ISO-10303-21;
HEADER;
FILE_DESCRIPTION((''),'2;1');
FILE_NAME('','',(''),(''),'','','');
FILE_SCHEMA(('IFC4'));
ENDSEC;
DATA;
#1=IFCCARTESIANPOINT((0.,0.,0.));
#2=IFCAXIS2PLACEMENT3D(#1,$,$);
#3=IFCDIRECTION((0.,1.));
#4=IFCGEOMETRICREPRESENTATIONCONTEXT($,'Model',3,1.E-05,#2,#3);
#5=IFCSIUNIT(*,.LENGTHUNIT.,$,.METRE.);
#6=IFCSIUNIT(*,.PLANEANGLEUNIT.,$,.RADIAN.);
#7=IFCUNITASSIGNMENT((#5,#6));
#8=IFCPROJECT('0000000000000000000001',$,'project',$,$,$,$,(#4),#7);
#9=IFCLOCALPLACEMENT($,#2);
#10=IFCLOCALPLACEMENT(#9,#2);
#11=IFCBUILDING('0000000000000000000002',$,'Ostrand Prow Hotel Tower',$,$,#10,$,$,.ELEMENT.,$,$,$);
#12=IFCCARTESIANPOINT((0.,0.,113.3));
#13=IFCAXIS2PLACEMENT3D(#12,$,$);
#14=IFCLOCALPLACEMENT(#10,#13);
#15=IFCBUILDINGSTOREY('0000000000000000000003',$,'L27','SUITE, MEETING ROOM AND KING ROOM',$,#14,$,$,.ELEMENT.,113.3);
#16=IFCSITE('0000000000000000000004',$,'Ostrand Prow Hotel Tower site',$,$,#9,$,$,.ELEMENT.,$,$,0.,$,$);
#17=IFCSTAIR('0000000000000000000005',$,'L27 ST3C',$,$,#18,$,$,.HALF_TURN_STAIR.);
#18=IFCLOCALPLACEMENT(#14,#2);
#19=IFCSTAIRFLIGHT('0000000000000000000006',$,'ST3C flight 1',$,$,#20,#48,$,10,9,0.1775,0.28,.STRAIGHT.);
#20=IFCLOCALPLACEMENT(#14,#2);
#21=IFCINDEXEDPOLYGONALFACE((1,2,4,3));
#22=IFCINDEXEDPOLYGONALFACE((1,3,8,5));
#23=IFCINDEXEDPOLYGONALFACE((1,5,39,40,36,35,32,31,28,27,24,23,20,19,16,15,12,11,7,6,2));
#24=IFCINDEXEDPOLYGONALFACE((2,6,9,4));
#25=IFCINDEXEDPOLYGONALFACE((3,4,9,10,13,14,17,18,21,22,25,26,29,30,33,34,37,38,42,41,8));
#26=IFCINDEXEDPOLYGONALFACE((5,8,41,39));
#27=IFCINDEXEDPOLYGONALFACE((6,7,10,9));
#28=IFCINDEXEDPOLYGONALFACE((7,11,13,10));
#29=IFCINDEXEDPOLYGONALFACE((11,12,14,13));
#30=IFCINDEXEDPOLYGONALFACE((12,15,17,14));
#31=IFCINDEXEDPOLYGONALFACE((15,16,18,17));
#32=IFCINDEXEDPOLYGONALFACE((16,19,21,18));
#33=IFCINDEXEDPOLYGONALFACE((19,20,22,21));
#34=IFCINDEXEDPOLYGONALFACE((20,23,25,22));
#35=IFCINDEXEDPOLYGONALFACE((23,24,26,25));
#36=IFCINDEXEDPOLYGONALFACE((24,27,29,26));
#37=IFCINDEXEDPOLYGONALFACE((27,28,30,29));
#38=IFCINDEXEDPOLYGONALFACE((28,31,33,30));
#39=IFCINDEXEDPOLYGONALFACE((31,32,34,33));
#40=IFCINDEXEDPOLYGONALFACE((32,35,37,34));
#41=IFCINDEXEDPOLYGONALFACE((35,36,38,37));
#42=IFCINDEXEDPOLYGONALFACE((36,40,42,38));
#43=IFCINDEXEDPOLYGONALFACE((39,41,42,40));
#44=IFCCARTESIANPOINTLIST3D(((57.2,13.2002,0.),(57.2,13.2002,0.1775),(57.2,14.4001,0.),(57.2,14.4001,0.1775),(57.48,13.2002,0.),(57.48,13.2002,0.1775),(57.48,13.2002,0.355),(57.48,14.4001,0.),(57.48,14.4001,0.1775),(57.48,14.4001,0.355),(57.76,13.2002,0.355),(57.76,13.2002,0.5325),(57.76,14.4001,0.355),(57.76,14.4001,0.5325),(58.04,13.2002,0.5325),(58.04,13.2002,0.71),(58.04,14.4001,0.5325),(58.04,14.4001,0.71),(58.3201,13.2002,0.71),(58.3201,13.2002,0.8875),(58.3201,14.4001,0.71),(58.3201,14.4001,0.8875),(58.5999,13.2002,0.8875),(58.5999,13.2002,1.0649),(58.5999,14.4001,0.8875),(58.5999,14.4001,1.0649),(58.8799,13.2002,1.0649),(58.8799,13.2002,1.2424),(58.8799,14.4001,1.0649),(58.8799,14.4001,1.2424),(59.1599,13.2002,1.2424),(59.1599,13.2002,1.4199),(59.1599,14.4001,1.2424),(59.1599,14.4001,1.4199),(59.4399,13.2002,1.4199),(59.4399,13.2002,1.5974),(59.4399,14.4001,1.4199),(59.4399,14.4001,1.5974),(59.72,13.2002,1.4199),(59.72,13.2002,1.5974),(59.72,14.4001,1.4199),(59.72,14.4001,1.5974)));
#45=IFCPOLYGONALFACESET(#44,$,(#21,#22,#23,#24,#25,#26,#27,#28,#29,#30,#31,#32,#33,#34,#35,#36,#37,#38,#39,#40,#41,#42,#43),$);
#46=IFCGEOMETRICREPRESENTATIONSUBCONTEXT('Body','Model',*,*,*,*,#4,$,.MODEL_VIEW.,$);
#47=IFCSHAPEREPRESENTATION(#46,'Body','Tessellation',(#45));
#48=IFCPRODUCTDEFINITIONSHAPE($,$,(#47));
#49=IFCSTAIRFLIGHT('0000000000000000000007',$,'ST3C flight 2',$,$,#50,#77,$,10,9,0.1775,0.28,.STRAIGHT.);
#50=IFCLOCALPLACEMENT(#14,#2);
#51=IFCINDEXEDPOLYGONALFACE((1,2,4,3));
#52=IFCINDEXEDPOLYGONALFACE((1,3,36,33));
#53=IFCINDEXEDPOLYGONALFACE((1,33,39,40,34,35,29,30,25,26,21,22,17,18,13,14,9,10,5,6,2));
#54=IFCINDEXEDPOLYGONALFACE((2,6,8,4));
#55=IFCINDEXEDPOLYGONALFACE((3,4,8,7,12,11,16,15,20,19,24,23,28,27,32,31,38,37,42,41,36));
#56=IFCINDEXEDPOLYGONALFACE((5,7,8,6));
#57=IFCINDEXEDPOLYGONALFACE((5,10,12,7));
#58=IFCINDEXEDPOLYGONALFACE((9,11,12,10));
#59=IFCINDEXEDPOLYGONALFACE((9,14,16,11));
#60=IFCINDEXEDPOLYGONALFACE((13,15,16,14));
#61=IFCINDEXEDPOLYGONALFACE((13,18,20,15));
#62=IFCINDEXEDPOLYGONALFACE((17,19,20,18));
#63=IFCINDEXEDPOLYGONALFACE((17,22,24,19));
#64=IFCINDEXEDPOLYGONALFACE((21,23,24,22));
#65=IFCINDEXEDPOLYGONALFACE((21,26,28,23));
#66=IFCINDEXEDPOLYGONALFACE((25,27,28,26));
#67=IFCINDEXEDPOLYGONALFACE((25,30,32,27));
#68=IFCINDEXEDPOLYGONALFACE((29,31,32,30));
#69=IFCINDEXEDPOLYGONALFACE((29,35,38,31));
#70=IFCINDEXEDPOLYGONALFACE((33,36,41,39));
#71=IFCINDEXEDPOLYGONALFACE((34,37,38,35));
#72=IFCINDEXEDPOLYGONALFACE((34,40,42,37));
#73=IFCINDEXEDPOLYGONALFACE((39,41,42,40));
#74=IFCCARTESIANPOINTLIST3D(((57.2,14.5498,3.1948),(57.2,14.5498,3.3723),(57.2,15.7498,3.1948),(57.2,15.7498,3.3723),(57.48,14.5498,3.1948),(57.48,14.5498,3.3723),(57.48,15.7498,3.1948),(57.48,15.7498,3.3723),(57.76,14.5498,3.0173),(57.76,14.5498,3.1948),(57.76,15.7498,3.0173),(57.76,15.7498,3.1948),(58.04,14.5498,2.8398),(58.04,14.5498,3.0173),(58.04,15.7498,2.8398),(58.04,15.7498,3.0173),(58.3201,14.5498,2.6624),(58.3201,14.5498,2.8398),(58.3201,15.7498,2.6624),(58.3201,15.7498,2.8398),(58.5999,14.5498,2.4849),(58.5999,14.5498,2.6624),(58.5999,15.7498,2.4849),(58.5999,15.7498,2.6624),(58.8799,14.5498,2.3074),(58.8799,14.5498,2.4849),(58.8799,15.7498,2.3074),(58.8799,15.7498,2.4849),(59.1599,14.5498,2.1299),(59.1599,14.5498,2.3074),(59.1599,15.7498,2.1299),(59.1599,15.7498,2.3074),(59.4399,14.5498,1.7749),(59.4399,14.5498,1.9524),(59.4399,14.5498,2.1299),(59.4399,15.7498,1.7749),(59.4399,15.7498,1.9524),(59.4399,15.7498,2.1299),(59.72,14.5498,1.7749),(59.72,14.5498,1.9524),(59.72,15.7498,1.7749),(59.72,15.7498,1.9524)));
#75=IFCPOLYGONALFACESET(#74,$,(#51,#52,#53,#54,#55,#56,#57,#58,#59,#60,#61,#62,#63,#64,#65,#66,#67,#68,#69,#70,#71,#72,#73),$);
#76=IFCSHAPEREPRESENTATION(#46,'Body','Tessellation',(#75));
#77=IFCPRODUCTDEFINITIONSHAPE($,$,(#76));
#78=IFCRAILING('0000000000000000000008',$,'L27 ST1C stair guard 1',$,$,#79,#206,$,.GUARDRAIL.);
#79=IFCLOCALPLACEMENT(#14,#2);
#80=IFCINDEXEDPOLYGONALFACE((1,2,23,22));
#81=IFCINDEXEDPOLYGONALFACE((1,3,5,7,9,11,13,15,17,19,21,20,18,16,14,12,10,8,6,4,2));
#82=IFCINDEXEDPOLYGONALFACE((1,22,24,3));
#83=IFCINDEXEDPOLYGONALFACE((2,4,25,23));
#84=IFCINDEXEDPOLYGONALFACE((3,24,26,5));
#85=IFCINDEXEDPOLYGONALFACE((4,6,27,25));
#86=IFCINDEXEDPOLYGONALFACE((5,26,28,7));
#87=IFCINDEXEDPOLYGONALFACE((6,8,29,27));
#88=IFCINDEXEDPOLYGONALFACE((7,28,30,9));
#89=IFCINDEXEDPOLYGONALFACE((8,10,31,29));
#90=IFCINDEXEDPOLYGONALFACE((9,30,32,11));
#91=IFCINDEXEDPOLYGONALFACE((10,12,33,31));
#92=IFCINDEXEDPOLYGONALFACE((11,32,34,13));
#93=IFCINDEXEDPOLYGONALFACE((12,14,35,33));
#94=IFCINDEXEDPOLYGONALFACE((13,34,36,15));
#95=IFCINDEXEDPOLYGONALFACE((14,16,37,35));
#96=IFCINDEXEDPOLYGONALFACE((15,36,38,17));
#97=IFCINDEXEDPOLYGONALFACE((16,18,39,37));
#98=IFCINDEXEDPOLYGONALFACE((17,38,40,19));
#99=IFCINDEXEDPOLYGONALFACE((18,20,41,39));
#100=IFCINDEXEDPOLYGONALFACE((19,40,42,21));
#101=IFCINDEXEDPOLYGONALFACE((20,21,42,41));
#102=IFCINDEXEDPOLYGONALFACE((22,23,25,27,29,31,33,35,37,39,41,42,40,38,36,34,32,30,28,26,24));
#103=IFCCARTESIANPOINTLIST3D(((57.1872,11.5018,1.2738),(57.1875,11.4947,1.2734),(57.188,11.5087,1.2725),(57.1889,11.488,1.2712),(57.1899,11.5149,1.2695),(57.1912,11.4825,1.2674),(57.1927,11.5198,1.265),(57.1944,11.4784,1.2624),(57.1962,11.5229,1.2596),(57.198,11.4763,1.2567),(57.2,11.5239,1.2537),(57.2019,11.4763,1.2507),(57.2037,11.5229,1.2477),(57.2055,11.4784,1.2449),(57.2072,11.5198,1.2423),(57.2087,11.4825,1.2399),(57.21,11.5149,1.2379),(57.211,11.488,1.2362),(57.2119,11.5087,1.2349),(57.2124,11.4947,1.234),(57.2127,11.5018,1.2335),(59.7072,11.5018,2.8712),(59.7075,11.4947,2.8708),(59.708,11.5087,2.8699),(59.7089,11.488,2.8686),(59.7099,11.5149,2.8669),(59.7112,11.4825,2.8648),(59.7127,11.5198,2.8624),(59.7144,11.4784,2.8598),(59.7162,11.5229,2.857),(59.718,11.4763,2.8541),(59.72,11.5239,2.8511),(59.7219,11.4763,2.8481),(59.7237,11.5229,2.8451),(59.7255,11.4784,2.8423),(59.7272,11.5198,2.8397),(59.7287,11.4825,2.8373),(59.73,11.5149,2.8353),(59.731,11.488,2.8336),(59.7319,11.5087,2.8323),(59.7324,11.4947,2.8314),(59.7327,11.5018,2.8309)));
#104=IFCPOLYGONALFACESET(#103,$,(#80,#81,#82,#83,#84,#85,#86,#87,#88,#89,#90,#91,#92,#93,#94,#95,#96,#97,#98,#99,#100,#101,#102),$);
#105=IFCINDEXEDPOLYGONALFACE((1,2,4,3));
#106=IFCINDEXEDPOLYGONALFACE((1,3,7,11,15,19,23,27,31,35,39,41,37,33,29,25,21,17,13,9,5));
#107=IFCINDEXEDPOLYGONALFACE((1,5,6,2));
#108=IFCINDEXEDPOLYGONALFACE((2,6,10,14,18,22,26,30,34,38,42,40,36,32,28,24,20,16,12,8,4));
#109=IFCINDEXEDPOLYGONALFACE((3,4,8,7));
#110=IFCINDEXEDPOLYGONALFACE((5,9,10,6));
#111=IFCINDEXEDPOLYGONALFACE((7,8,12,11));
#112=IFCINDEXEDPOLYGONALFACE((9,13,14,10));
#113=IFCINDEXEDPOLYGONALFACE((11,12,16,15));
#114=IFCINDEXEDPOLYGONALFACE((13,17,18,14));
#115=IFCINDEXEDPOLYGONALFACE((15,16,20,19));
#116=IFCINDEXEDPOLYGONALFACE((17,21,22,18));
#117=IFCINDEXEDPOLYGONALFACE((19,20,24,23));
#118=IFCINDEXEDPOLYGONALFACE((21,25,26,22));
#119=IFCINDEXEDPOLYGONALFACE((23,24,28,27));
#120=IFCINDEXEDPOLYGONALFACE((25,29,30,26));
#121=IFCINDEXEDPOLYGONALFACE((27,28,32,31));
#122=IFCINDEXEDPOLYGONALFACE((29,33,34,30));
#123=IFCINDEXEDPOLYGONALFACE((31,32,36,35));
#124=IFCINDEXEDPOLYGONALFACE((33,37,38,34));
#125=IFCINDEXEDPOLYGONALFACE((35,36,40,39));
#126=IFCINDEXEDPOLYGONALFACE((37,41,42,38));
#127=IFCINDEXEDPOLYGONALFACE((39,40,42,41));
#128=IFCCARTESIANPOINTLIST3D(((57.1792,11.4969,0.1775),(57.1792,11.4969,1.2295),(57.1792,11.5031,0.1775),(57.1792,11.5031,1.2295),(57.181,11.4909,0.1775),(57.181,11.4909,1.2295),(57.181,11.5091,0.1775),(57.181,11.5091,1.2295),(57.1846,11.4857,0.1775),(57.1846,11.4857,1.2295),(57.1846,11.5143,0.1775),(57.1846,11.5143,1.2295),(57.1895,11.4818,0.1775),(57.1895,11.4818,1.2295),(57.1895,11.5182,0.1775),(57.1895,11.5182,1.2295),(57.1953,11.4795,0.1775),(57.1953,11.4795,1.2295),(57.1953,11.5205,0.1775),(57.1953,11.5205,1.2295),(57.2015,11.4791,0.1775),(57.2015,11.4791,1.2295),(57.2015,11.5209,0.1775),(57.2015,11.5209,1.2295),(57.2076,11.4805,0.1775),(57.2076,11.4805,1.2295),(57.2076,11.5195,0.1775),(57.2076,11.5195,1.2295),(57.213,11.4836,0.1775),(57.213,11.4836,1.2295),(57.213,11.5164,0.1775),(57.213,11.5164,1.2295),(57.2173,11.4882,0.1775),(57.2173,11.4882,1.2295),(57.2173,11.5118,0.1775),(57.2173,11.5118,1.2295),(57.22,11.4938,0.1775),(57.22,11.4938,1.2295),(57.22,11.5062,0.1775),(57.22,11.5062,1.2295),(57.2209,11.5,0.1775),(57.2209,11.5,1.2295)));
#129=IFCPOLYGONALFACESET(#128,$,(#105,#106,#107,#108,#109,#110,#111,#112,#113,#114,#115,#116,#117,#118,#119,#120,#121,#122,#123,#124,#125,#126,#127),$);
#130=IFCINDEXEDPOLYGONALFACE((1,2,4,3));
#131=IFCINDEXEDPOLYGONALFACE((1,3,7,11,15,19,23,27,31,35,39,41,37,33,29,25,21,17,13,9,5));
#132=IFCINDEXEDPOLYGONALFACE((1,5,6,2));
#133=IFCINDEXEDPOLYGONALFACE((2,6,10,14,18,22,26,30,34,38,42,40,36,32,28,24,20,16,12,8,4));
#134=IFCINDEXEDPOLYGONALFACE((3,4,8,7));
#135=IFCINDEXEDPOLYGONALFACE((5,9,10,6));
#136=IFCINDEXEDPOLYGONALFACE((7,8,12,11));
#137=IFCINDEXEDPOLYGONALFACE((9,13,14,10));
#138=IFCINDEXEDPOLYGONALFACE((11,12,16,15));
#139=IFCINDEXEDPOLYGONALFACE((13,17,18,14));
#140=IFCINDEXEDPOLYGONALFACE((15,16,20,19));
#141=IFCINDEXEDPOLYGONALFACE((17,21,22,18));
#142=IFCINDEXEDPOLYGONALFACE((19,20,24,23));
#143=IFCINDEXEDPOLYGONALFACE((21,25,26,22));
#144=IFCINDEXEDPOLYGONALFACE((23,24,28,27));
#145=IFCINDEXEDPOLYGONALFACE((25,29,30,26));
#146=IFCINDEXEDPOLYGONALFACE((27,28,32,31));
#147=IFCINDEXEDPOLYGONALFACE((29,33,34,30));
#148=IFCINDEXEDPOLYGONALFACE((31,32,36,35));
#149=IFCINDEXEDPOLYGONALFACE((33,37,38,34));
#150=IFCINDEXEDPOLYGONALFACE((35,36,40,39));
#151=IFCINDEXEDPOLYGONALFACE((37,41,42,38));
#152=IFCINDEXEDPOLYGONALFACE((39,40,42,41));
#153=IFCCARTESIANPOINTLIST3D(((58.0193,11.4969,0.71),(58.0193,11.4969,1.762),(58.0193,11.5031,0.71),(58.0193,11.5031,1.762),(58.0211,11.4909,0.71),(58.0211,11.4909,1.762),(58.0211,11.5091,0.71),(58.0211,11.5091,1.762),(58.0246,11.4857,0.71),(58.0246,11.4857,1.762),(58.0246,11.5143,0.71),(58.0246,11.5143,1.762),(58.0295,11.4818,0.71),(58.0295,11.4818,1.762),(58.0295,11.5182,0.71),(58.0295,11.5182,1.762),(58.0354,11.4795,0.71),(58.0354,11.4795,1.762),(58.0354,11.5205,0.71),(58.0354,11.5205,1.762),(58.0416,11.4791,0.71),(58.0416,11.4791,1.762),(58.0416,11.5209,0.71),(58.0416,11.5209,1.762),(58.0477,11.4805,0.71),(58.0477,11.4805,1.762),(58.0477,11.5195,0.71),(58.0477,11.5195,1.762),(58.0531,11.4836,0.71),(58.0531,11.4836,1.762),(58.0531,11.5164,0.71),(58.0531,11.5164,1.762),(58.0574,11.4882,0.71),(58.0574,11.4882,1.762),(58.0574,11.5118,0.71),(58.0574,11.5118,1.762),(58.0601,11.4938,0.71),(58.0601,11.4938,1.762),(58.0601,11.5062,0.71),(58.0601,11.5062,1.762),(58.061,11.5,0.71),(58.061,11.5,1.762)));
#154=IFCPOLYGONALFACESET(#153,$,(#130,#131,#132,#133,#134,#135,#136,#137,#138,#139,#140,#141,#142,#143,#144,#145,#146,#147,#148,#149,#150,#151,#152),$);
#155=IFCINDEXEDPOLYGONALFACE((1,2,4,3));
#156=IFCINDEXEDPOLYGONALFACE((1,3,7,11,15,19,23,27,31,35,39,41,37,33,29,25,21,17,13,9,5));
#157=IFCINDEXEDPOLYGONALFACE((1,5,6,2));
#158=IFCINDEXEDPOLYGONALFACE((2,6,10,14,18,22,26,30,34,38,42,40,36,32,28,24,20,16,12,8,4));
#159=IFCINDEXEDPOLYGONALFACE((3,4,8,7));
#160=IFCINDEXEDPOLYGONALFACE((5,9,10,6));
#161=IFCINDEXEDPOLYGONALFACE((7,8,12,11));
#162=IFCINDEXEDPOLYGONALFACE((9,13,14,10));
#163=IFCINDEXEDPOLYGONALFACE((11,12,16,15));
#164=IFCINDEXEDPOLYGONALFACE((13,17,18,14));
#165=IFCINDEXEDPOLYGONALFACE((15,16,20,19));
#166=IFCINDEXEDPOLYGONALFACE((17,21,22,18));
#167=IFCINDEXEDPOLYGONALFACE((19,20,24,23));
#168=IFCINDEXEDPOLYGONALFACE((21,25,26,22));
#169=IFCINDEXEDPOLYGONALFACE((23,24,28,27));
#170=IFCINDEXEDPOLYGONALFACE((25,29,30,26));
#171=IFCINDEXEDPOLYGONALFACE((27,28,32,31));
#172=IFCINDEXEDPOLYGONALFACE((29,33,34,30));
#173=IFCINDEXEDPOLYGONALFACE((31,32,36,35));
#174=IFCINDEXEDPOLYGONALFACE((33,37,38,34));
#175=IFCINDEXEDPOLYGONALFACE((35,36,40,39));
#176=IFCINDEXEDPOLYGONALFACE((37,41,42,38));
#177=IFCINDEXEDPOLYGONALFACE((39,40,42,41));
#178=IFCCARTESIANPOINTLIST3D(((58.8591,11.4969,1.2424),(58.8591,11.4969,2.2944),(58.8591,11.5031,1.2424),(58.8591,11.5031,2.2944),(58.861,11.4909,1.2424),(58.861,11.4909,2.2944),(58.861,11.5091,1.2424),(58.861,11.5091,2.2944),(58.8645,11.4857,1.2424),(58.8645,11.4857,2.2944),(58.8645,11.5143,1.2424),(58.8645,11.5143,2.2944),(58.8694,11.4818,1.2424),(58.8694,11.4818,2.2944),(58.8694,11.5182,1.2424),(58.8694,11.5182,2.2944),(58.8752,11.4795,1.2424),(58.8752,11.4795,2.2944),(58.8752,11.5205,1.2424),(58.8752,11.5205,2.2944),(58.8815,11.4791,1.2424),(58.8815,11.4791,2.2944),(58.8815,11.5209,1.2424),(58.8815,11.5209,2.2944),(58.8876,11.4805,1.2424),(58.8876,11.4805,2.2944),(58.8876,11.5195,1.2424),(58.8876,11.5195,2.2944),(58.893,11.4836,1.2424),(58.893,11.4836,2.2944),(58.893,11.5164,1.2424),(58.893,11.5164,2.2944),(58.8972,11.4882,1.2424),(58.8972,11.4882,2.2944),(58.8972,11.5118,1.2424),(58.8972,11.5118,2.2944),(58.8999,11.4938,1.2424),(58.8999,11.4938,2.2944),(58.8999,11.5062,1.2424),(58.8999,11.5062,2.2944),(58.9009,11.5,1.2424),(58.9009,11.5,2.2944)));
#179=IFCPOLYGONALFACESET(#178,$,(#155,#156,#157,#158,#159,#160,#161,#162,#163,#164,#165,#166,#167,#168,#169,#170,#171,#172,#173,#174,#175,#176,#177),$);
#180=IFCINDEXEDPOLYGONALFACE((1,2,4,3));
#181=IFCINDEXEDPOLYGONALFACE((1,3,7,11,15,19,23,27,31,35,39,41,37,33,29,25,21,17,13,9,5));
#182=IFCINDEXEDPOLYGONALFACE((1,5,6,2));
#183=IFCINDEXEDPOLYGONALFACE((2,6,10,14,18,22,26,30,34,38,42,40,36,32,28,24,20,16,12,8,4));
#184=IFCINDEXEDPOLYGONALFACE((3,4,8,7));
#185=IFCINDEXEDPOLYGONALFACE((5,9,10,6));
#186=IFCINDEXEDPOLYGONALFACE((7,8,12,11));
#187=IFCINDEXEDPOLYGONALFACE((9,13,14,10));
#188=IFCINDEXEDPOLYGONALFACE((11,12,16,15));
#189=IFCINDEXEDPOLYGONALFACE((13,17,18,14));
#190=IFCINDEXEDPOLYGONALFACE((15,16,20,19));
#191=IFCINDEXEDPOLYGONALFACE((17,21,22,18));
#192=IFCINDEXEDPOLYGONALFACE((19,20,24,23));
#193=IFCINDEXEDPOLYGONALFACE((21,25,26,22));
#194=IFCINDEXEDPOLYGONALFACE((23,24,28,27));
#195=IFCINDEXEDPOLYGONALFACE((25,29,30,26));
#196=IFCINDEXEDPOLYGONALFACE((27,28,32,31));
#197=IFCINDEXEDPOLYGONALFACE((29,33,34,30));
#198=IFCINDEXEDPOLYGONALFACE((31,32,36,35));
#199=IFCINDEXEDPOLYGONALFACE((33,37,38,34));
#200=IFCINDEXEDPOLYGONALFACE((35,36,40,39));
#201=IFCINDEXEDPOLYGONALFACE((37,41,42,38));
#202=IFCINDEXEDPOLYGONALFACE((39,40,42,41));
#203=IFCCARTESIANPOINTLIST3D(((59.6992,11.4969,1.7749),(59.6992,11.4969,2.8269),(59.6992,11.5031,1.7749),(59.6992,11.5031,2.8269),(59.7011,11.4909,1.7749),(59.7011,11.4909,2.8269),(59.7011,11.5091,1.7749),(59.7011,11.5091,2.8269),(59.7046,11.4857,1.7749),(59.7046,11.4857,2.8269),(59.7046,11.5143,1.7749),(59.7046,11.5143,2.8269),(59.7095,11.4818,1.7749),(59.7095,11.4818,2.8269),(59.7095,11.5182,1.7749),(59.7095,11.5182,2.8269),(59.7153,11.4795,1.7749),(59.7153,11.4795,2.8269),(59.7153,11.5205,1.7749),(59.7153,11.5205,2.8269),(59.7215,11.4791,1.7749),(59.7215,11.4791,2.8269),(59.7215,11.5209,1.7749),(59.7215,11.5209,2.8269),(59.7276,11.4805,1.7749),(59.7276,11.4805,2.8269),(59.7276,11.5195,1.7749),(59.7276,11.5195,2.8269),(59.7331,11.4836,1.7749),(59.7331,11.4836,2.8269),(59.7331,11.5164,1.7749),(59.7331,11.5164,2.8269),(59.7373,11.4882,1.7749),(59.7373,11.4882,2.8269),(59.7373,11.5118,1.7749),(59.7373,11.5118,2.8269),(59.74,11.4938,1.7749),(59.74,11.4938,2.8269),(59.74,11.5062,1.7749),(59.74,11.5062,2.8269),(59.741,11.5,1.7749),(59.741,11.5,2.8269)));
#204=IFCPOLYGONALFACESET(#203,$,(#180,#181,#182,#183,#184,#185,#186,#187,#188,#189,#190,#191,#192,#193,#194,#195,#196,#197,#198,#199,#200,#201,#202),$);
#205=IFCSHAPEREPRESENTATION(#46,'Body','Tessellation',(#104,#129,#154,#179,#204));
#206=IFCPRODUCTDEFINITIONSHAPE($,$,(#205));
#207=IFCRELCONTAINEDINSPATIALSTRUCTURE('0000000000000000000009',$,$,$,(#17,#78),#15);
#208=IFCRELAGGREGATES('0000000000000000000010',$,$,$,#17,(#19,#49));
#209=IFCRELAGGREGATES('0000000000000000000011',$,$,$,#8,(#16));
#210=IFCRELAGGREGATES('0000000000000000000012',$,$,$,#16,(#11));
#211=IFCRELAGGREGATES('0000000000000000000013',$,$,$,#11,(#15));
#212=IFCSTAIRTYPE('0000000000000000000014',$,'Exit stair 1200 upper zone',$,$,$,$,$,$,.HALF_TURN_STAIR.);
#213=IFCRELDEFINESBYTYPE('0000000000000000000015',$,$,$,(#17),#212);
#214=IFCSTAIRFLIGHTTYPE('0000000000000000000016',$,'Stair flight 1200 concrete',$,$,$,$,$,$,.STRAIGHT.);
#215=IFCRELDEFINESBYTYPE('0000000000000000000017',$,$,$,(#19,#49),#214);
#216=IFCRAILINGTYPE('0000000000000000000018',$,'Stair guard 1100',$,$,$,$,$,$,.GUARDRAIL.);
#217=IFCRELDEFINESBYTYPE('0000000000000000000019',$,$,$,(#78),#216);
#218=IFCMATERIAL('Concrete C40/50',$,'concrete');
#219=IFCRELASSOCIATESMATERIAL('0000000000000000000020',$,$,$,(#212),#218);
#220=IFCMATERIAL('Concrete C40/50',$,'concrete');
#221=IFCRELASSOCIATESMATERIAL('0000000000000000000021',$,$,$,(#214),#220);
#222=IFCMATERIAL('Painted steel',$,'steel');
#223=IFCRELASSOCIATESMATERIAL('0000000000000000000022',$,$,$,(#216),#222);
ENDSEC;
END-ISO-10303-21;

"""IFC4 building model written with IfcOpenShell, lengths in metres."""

from ifc_helpers import new_model, si_unit, direction, frame, origin, origin_2d, place, context, subcontext, project, spatial, polyline, circle, outline, extrude, material, type_object, element, aggregate, save


model = new_model("IFC4")

# Units and contexts
model_context = context("Model", 3, precision=1e-05, world=origin(), true_north=direction((0.0, 1.0)))
body_context = subcontext(model_context, "Body", "Model", "MODEL_VIEW")
ifc_project = project(units=[si_unit("LENGTHUNIT", "METRE"), si_unit("PLANEANGLEUNIT", "RADIAN")], contexts=[model_context])

# Site, building, storey
site_placement = place(None, origin())
site = spatial("IfcSite", under=ifc_project, at=site_placement, Name="Ostrand Prow Hotel Tower site", CompositionType="ELEMENT", RefElevation=0.0)
building_placement = place(site_placement, origin())
building = spatial("IfcBuilding", under=site, at=building_placement, Name="Ostrand Prow Hotel Tower", CompositionType="ELEMENT")
storey_placement = place(building_placement, frame((0.0, 0.0, 113.3)))
storey = spatial("IfcBuildingStorey", under=building, at=storey_placement, Name="L27", Description="SUITE, MEETING ROOM AND KING ROOM", CompositionType="ELEMENT", Elevation=113.3)

# Stair, stair flights
ifc_material_1 = material(Name="Concrete C40/50", Category="concrete")
stair_type = type_object("IfcStairType", Name="Exit stair 1200 upper zone", PredefinedType="HALF_TURN_STAIR", material=ifc_material_1)
ifc_material_2 = material(Name="Concrete C40/50", Category="concrete")
stair_flight_type = type_object("IfcStairFlightType", Name="Stair flight 1200 concrete", PredefinedType="STRAIGHT", material=ifc_material_2)
stair_1_placement = place(storey_placement, origin())
stair_1 = element("IfcStair", 1, at=stair_1_placement, inside=storey, type_object=stair_type, Name="L27 ST3C", PredefinedType="HALF_TURN_STAIR")
stair_flight_1_placement = place(storey_placement, frame((57.2, 13.8, 0.0), z_axis=(0.0, 0.0, 1.0), x_axis=(1.0, 0.0, 0.0)))
stair_flight_1 = element("IfcStairFlight", 2, at=stair_flight_1_placement, type_object=stair_flight_type, Name="ST3C flight 1", NumberOfRisers=10, NumberOfTreads=9, PredefinedType="STRAIGHT", RiserHeight=0.1775, TreadLength=0.28, context=body_context, shape_type="SweptSolid", body=[
    extrude(outline(polyline([(0.0, 0.0), (0.0, 0.1775), (0.28, 0.1775), (0.28, 0.355), (0.5601, 0.355), (0.5601, 0.5325), (0.8401, 0.5325), (0.8401, 0.71), (1.1201, 0.71), (1.1201, 0.8875), (1.3999, 0.8875), (1.3999, 1.0649), (1.6799, 1.0649), (1.6799, 1.2424), (1.96, 1.2424), (1.96, 1.4199), (2.24, 1.4199), (2.24, 1.5974), (2.52, 1.5974), (2.52, 1.7749), (2.52, 1.4199), (0.28, 0.0), (0.0, 0.0)])), frame((0.0, 0.6001, 0.0), z_axis=(0.0, -1.0, 0.0), x_axis=(1.0, 0.0, 0.0)), (0.0, 0.0, 1.0), 1.2),
])
stair_flight_2_placement = place(storey_placement, frame((59.72, 15.1499, 1.7749), z_axis=(0.0, 0.0, 1.0), x_axis=(-1.0, 0.0, 0.0)))
stair_flight_2 = element("IfcStairFlight", 3, at=stair_flight_2_placement, type_object=stair_flight_type, Name="ST3C flight 2", NumberOfRisers=10, NumberOfTreads=9, PredefinedType="STRAIGHT", RiserHeight=0.1775, TreadLength=0.28, context=body_context, shape_type="SweptSolid", body=[
    extrude(outline(polyline([(0.0, 0.0), (0.0, 0.1775), (0.28, 0.1775), (0.28, 0.355), (0.5601, 0.355), (0.5601, 0.5325), (0.8401, 0.5325), (0.8401, 0.71), (1.1201, 0.71), (1.1201, 0.8875), (1.3999, 0.8875), (1.3999, 1.0649), (1.6799, 1.0649), (1.6799, 1.2424), (1.96, 1.2424), (1.96, 1.4199), (2.24, 1.4199), (2.24, 1.5974), (2.52, 1.5974), (2.52, 1.7749), (2.52, 1.4199), (0.28, 0.0), (0.0, 0.0)])), frame((0.0, 0.6001, 0.0), z_axis=(0.0, -1.0, 0.0), x_axis=(1.0, 0.0, 0.0)), (0.0, 0.0, 1.0), 1.2),
])
aggregate(stair_1, [stair_flight_1, stair_flight_2])

# Railing
ifc_material_3 = material(Name="Painted steel", Category="steel")
railing_type_1 = type_object("IfcRailingType", Name="Stair guard 1100", PredefinedType="GUARDRAIL", material=ifc_material_3)
railing_1_placement = place(storey_placement, frame((57.2, 11.5, 0.1775)))
element("IfcRailing", 4, at=railing_1_placement, inside=storey, type_object=railing_type_1, Name="L27 ST1C stair guard 1", PredefinedType="GUARDRAIL", context=body_context, shape_type="SweptSolid", body=[
    extrude(circle(Radius=0.0239, at=origin_2d()), frame((0.0, 0.0, 1.0762), z_axis=(0.844607, 0.0, 0.535387), x_axis=(0.0, 1.0, 0.0)), (0.0, 0.0, 1.0), 2.9836),
    extrude(circle(Radius=0.021, at=origin_2d()), origin(), (0.0, 0.0, 1.0), 1.052),
    extrude(circle(Radius=0.021, at=origin_2d()), frame((0.8401, 0.0, 0.5325)), (0.0, 0.0, 1.0), 1.052),
    extrude(circle(Radius=0.021, at=origin_2d()), frame((1.6799, 0.0, 1.0649)), (0.0, 0.0, 1.0), 1.052),
    extrude(circle(Radius=0.021, at=origin_2d()), frame((2.52, 0.0, 1.5974)), (0.0, 0.0, 1.0), 1.052),
])

save(model, "model.ifc")
